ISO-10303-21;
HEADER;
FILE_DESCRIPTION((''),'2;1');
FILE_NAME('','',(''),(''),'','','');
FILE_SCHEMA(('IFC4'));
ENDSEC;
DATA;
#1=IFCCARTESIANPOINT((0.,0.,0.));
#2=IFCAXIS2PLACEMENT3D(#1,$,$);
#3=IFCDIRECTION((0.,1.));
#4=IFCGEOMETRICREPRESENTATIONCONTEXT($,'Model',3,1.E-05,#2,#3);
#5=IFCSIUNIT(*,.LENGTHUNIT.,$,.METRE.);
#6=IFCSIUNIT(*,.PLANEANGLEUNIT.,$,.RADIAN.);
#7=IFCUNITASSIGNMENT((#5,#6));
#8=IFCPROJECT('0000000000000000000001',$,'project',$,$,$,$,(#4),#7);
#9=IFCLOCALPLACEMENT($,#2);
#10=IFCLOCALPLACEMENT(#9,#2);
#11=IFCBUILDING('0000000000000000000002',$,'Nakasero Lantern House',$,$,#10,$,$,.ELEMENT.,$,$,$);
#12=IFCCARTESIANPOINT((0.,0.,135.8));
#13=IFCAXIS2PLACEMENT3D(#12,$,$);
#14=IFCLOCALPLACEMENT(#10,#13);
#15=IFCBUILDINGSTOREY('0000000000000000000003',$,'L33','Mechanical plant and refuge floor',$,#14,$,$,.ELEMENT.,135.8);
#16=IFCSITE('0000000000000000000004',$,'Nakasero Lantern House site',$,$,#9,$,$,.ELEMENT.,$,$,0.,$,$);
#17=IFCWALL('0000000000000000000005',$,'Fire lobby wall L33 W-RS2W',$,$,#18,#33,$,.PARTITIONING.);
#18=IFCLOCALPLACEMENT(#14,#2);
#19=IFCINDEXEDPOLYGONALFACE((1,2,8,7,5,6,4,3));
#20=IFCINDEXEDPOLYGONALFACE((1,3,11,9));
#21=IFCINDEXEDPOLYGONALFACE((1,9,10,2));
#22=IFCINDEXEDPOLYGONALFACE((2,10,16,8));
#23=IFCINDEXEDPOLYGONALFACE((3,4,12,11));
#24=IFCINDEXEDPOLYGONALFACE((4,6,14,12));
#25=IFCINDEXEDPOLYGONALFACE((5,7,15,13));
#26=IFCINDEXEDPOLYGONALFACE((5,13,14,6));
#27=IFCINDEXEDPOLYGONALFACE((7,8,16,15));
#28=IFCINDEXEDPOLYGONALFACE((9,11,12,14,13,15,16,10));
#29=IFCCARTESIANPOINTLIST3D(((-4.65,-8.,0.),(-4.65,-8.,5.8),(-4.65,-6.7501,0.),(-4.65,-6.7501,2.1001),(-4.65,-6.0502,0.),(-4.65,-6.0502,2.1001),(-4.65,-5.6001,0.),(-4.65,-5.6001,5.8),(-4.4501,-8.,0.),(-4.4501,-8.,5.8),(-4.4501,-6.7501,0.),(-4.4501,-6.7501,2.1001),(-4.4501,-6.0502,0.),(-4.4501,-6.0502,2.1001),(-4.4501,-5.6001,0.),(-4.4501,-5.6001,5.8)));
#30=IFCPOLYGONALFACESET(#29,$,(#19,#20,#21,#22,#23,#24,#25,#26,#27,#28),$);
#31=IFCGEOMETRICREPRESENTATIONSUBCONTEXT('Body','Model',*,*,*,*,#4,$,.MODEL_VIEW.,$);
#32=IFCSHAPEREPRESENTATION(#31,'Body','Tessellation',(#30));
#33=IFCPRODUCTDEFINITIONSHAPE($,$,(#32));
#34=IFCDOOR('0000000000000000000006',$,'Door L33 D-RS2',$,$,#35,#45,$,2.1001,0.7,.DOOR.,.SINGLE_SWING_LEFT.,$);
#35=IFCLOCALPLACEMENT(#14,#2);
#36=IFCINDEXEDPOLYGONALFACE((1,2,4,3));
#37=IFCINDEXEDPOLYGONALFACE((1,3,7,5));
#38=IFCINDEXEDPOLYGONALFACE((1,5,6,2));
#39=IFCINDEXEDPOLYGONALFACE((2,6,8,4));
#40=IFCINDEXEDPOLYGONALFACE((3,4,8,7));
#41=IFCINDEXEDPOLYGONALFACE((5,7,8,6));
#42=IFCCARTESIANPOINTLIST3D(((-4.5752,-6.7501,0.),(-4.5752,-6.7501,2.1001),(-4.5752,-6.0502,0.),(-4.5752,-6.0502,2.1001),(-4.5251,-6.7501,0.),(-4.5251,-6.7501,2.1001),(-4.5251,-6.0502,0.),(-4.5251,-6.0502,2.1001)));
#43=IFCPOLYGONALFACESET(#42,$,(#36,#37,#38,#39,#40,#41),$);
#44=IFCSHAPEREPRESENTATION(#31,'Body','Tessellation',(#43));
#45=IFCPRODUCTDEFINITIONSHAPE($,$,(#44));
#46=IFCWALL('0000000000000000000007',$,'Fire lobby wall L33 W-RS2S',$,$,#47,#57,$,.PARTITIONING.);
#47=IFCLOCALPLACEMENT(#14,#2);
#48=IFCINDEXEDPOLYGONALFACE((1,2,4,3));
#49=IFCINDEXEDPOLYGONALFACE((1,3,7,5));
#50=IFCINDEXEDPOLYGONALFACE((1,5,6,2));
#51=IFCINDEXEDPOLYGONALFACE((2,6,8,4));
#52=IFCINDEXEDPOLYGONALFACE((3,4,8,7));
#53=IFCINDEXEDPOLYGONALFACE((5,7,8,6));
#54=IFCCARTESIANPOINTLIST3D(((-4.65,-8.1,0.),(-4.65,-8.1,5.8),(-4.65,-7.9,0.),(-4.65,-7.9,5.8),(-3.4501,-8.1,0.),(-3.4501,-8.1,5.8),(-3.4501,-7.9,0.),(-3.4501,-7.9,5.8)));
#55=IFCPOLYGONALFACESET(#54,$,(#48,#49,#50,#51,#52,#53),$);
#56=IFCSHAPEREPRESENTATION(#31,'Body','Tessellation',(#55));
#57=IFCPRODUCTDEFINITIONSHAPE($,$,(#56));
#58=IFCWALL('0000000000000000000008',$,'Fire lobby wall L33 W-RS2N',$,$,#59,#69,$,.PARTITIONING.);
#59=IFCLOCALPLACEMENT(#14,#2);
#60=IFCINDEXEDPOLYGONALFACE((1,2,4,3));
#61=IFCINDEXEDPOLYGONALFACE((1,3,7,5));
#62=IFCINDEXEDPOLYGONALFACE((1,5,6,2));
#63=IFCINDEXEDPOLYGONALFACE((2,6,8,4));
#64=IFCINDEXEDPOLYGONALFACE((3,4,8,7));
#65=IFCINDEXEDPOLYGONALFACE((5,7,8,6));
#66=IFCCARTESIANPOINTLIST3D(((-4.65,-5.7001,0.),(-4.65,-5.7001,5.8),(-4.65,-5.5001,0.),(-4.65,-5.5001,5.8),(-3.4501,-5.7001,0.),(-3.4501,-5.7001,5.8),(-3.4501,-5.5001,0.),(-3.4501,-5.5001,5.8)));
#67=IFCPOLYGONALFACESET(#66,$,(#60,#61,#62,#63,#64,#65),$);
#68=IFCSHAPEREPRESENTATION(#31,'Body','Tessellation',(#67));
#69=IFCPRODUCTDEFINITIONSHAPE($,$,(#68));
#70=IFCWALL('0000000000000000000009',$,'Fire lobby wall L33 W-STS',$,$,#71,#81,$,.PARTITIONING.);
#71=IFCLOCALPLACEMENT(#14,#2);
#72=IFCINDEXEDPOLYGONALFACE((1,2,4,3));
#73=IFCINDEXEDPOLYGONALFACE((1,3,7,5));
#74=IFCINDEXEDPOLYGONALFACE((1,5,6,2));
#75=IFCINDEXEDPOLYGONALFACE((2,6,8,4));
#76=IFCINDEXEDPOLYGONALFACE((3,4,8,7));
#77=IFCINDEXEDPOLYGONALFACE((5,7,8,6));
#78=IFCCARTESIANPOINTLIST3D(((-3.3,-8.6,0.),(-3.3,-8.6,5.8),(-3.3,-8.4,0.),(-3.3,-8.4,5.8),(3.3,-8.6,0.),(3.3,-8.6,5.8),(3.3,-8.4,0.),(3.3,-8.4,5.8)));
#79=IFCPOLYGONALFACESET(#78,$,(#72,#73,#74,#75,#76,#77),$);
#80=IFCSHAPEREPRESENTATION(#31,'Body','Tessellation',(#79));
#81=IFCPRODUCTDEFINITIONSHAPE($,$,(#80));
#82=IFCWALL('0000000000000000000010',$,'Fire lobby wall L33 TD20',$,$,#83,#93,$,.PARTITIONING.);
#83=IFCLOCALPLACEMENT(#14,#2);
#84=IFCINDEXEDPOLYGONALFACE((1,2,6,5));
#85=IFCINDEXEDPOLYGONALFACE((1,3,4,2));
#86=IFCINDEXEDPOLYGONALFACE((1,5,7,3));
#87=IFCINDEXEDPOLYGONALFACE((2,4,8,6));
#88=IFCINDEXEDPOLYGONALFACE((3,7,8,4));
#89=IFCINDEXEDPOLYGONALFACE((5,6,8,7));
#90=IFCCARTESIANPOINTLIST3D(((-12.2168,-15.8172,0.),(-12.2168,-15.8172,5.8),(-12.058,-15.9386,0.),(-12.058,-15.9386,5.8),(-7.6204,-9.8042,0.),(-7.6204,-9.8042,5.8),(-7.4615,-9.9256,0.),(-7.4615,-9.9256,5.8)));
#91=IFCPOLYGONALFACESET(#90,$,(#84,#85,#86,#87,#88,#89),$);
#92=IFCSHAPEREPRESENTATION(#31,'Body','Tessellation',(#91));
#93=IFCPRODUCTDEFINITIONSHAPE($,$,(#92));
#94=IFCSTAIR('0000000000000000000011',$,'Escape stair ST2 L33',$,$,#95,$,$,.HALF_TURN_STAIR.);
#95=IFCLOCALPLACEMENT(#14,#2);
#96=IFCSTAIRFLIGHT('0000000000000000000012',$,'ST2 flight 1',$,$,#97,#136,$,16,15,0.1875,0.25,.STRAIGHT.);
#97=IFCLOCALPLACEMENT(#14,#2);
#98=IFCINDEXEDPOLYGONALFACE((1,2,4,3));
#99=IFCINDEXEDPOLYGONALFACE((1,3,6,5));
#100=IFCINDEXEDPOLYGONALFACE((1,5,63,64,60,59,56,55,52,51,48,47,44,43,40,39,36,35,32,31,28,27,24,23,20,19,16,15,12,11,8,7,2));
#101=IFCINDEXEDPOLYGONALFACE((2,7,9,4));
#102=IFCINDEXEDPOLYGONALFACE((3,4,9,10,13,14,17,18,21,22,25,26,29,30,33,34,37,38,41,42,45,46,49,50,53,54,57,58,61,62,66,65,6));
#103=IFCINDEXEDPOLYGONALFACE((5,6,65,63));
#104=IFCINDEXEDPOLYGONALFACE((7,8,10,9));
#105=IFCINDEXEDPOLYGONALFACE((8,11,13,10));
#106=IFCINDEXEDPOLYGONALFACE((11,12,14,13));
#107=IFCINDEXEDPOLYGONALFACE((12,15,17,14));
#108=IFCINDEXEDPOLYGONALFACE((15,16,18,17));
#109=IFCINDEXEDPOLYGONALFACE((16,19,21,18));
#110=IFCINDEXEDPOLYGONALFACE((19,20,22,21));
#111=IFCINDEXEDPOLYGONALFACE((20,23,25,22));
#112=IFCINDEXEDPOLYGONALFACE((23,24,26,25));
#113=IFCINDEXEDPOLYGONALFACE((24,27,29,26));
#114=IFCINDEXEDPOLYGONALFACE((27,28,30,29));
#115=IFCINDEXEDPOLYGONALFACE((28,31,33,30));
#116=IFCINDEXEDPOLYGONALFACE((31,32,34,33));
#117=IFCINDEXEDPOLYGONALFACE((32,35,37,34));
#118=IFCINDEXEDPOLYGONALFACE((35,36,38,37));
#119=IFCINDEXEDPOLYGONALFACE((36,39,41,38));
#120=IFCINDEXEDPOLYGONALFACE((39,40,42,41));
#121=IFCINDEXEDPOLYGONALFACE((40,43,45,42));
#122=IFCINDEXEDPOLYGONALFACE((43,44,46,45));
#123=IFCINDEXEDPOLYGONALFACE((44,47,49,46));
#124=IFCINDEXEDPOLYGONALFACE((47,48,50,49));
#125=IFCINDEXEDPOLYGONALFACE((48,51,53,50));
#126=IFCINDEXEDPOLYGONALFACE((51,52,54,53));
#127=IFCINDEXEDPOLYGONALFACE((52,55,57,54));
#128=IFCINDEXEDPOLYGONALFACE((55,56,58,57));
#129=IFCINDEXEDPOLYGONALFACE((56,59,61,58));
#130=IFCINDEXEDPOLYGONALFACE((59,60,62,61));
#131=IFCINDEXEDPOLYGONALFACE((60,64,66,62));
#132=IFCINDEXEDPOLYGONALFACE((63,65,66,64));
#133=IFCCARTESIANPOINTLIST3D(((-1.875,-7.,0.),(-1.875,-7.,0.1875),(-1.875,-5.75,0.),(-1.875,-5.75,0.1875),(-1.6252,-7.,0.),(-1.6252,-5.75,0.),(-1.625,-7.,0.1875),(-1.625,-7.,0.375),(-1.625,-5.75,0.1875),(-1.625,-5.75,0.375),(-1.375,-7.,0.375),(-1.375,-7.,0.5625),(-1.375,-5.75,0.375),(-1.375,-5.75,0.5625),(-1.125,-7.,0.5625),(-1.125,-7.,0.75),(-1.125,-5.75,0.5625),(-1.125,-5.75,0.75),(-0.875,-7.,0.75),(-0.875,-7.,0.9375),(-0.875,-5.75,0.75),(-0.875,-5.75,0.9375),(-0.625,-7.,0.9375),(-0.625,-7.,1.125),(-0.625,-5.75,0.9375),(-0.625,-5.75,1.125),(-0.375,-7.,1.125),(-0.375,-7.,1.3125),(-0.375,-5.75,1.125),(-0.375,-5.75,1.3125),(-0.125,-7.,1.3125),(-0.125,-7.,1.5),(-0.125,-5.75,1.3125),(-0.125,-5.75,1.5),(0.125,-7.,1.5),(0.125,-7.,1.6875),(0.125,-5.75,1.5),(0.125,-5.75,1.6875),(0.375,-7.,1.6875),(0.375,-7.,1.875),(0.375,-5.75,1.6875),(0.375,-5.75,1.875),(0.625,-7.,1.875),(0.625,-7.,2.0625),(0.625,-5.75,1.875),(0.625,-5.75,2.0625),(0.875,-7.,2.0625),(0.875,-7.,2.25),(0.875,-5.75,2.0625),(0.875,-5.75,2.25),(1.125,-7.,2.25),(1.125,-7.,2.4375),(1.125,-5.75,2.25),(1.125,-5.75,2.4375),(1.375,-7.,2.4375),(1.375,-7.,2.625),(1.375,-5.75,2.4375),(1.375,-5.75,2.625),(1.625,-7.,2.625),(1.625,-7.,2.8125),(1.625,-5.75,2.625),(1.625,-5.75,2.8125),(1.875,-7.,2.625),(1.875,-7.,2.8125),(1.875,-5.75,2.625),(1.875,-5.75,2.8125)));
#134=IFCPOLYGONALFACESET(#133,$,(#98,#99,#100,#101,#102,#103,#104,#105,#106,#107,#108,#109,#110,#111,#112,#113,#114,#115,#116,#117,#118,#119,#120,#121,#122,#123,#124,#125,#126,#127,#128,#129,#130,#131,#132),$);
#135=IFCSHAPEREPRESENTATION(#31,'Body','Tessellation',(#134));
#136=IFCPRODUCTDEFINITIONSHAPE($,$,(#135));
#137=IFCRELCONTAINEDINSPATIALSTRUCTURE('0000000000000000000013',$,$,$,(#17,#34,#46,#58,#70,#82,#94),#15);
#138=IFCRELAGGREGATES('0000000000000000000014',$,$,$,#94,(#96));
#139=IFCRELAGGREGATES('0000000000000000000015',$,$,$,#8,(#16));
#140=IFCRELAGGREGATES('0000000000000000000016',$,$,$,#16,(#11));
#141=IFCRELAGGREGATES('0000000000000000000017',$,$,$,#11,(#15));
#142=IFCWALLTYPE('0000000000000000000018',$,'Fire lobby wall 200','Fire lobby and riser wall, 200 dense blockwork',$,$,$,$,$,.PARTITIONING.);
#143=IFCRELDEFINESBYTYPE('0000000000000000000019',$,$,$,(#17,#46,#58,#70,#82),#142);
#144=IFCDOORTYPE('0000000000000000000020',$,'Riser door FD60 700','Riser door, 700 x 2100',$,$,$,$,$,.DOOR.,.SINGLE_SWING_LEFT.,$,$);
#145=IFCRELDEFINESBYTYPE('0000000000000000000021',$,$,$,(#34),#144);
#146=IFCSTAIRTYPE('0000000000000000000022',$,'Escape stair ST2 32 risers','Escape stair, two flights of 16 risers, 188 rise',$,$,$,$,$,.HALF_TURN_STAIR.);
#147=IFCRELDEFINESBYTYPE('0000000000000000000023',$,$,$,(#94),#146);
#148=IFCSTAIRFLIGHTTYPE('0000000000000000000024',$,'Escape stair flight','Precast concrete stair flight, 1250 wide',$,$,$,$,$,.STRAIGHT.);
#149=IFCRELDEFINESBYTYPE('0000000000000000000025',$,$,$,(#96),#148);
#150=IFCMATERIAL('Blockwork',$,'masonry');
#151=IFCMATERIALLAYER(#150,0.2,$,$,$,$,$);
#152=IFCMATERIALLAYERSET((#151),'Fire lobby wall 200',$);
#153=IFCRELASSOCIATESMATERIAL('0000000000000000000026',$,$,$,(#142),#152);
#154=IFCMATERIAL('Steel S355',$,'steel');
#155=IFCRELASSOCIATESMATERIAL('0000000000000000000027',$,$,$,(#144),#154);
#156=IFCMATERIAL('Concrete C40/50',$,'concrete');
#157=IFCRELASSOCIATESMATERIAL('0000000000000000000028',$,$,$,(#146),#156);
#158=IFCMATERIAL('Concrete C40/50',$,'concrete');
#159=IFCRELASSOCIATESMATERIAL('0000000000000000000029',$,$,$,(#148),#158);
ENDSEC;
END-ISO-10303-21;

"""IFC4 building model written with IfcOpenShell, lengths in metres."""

from ifc_helpers import new_model, si_unit, direction, frame, frame_2d, origin, place, context, subcontext, project, spatial, polyline, rectangle, outline, extrude, material, layer, layer_set, type_object, element, fill, aggregate, save


model = new_model("IFC4")

# Units and contexts
model_context = context("Model", 3, precision=1e-05, world=origin(), true_north=direction((0.0, 1.0)))
body_context = subcontext(model_context, "Body", "Model", "MODEL_VIEW")
ifc_project = project(units=[si_unit("LENGTHUNIT", "METRE"), si_unit("PLANEANGLEUNIT", "RADIAN")], contexts=[model_context])

# Site, building, storey
site_placement = place(None, origin())
site = spatial("IfcSite", under=ifc_project, at=site_placement, Name="Nakasero Lantern House site", CompositionType="ELEMENT", RefElevation=0.0)
building_placement = place(site_placement, origin())
building = spatial("IfcBuilding", under=site, at=building_placement, Name="Nakasero Lantern House", CompositionType="ELEMENT")
storey_placement = place(building_placement, frame((0.0, 0.0, 135.8)))
storey = spatial("IfcBuildingStorey", under=building, at=storey_placement, Name="L33", Description="Mechanical plant and refuge floor", CompositionType="ELEMENT", Elevation=135.8)

# Wall, opening, door
ifc_material_1 = material(Name="Blockwork", Category="masonry")
ifc_layer_1 = layer(ifc_material_1, 0.2)
ifc_layer_set_1 = layer_set([ifc_layer_1], Name="Fire lobby wall 200")
wall_type_1 = type_object("IfcWallType", Name="Fire lobby wall 200", Description="Fire lobby and riser wall, 200 dense blockwork", PredefinedType="PARTITIONING", material=ifc_layer_set_1)
wall_1_placement = place(storey_placement, frame((-4.55, -5.6001, 0.0), z_axis=(0.0, 0.0, 1.0), x_axis=(0.0, -1.0, 0.0)))
wall_1 = element("IfcWall", 1, at=wall_1_placement, inside=storey, type_object=wall_type_1, Name="Fire lobby wall L33 W-RS2W", PredefinedType="PARTITIONING", context=body_context, shape_type="SweptSolid", body=[
    extrude(rectangle(XDim=2.3999, YDim=0.2, at=frame_2d((1.2, 0.0))), origin(), (0.0, 0.0, 1.0), 5.8),
])
opening_1_placement = place(wall_1_placement, frame((0.45, 0.0, 0.0)))
opening_1 = element("IfcOpeningElement", 2, at=opening_1_placement, cuts=wall_1, PredefinedType="OPENING", context=body_context, shape_type="SweptSolid", body=[
    extrude(rectangle(XDim=0.7, YDim=2.1001, at=frame_2d((0.3501, 1.05))), frame((0.0, 0.1199, 0.0), z_axis=(0.0, -1.0, 0.0), x_axis=(1.0, 0.0, 0.0)), (0.0, 0.0, 1.0), 0.24),
])
ifc_material_2 = material(Name="Steel S355", Category="steel")
door_type_1 = type_object("IfcDoorType", Name="Riser door FD60 700", Description="Riser door, 700 x 2100", OperationType="SINGLE_SWING_LEFT", PredefinedType="DOOR", material=ifc_material_2)
door_1_placement = place(opening_1_placement, origin())
door_1 = element("IfcDoor", 3, at=door_1_placement, inside=storey, type_object=door_type_1, Name="Door L33 D-RS2", OperationType="SINGLE_SWING_LEFT", OverallHeight=2.1001, OverallWidth=0.7, PredefinedType="DOOR", context=body_context, shape_type="SweptSolid", body=[
    extrude(rectangle(XDim=0.7, YDim=2.1001, at=frame_2d((0.3501, 1.05))), frame((0.0, 0.0249, 0.0), z_axis=(0.0, -1.0, 0.0), x_axis=(1.0, 0.0, 0.0)), (0.0, 0.0, 1.0), 0.05),
])
fill(opening_1, door_1)

# Walls
for number, where, z_axis, x_axis, name in (
    (4, (-3.45, -8.0, 0.0), (0.0, 0.0, 1.0), (-1.0, 0.0, 0.0), "Fire lobby wall L33 W-RS2S"),
    (5, (-3.45, -5.6001, 0.0), (0.0, 0.0, 1.0), (-1.0, 0.0, 0.0), "Fire lobby wall L33 W-RS2N"),
):
    element("IfcWall", number, at=place(storey_placement, frame(where, z_axis=z_axis, x_axis=x_axis)), inside=storey, type_object=wall_type_1, Name=name, PredefinedType="PARTITIONING", context=body_context, shape_type="SweptSolid", body=[
        extrude(rectangle(XDim=1.2, YDim=0.2, at=frame_2d((0.6001, 0.0))), origin(), (0.0, 0.0, 1.0), 5.8),
    ])
wall_2_placement = place(storey_placement, frame((-3.3, -8.5, 0.0), z_axis=(0.0, 0.0, 1.0), x_axis=(1.0, 0.0, 0.0)))
element("IfcWall", 6, at=wall_2_placement, inside=storey, type_object=wall_type_1, Name="Fire lobby wall L33 W-STS", PredefinedType="PARTITIONING", context=body_context, shape_type="SweptSolid", body=[
    extrude(rectangle(XDim=6.6001, YDim=0.2, at=frame_2d((3.3, 0.0))), origin(), (0.0, 0.0, 1.0), 5.8),
])
wall_3_placement = place(storey_placement, frame((-7.541, -9.865, 0.0), z_axis=(0.0, 0.0, 1.0), x_axis=(-0.607309, -0.794466, 0.0)))
element("IfcWall", 7, at=wall_3_placement, inside=storey, type_object=wall_type_1, Name="Fire lobby wall L33 TD20", PredefinedType="PARTITIONING", context=body_context, shape_type="SweptSolid", body=[
    extrude(rectangle(XDim=7.5686, YDim=0.2, at=frame_2d((3.7842, 0.0))), origin(), (0.0, 0.0, 1.0), 5.8),
])

# Stair, stair flight
ifc_material_3 = material(Name="Concrete C40/50", Category="concrete")
stair_type = type_object("IfcStairType", Name="Escape stair ST2 32 risers", Description="Escape stair, two flights of 16 risers, 188 rise", PredefinedType="HALF_TURN_STAIR", material=ifc_material_3)
stair_placement = place(storey_placement, origin())
stair = element("IfcStair", 8, at=stair_placement, inside=storey, type_object=stair_type, Name="Escape stair ST2 L33", PredefinedType="HALF_TURN_STAIR")
ifc_material_4 = material(Name="Concrete C40/50", Category="concrete")
stair_flight_type = type_object("IfcStairFlightType", Name="Escape stair flight", Description="Precast concrete stair flight, 1250 wide", PredefinedType="STRAIGHT", material=ifc_material_4)
stair_flight_placement = place(storey_placement, frame((-1.875, -6.375, 0.0), z_axis=(0.0, 0.0, 1.0), x_axis=(1.0, 0.0, 0.0)))
stair_flight = element("IfcStairFlight", 9, at=stair_flight_placement, type_object=stair_flight_type, Name="ST2 flight 1", NumberOfRisers=16, NumberOfTreads=15, PredefinedType="STRAIGHT", RiserHeight=0.1875, TreadLength=0.25, context=body_context, shape_type="SweptSolid", body=[
    extrude(outline(polyline([(0.0, 0.0), (0.0, 0.1875), (0.25, 0.1875), (0.25, 0.375), (0.5, 0.375), (0.5, 0.5625), (0.75, 0.5625), (0.75, 0.75), (1.0, 0.75), (1.0, 0.9375), (1.25, 0.9375), (1.25, 1.125), (1.5, 1.125), (1.5, 1.3125), (1.75, 1.3125), (1.75, 1.5), (2.0, 1.5), (2.0, 1.6875), (2.25, 1.6875), (2.25, 1.875), (2.5, 1.875), (2.5, 2.0625), (2.75, 2.0625), (2.75, 2.25), (3.0, 2.25), (3.0, 2.4375), (3.25, 2.4375), (3.25, 2.625), (3.5, 2.625), (3.5, 2.8125), (3.75, 2.8125), (3.75, 3.0), (3.75, 2.625), (0.2498, 0.0), (0.0, 0.0)])), frame((0.0, 0.625, 0.0), z_axis=(0.0, -1.0, 0.0), x_axis=(1.0, 0.0, 0.0)), (0.0, 0.0, 1.0), 1.25),
])
aggregate(stair, [stair_flight])

save(model, "model.ifc")
